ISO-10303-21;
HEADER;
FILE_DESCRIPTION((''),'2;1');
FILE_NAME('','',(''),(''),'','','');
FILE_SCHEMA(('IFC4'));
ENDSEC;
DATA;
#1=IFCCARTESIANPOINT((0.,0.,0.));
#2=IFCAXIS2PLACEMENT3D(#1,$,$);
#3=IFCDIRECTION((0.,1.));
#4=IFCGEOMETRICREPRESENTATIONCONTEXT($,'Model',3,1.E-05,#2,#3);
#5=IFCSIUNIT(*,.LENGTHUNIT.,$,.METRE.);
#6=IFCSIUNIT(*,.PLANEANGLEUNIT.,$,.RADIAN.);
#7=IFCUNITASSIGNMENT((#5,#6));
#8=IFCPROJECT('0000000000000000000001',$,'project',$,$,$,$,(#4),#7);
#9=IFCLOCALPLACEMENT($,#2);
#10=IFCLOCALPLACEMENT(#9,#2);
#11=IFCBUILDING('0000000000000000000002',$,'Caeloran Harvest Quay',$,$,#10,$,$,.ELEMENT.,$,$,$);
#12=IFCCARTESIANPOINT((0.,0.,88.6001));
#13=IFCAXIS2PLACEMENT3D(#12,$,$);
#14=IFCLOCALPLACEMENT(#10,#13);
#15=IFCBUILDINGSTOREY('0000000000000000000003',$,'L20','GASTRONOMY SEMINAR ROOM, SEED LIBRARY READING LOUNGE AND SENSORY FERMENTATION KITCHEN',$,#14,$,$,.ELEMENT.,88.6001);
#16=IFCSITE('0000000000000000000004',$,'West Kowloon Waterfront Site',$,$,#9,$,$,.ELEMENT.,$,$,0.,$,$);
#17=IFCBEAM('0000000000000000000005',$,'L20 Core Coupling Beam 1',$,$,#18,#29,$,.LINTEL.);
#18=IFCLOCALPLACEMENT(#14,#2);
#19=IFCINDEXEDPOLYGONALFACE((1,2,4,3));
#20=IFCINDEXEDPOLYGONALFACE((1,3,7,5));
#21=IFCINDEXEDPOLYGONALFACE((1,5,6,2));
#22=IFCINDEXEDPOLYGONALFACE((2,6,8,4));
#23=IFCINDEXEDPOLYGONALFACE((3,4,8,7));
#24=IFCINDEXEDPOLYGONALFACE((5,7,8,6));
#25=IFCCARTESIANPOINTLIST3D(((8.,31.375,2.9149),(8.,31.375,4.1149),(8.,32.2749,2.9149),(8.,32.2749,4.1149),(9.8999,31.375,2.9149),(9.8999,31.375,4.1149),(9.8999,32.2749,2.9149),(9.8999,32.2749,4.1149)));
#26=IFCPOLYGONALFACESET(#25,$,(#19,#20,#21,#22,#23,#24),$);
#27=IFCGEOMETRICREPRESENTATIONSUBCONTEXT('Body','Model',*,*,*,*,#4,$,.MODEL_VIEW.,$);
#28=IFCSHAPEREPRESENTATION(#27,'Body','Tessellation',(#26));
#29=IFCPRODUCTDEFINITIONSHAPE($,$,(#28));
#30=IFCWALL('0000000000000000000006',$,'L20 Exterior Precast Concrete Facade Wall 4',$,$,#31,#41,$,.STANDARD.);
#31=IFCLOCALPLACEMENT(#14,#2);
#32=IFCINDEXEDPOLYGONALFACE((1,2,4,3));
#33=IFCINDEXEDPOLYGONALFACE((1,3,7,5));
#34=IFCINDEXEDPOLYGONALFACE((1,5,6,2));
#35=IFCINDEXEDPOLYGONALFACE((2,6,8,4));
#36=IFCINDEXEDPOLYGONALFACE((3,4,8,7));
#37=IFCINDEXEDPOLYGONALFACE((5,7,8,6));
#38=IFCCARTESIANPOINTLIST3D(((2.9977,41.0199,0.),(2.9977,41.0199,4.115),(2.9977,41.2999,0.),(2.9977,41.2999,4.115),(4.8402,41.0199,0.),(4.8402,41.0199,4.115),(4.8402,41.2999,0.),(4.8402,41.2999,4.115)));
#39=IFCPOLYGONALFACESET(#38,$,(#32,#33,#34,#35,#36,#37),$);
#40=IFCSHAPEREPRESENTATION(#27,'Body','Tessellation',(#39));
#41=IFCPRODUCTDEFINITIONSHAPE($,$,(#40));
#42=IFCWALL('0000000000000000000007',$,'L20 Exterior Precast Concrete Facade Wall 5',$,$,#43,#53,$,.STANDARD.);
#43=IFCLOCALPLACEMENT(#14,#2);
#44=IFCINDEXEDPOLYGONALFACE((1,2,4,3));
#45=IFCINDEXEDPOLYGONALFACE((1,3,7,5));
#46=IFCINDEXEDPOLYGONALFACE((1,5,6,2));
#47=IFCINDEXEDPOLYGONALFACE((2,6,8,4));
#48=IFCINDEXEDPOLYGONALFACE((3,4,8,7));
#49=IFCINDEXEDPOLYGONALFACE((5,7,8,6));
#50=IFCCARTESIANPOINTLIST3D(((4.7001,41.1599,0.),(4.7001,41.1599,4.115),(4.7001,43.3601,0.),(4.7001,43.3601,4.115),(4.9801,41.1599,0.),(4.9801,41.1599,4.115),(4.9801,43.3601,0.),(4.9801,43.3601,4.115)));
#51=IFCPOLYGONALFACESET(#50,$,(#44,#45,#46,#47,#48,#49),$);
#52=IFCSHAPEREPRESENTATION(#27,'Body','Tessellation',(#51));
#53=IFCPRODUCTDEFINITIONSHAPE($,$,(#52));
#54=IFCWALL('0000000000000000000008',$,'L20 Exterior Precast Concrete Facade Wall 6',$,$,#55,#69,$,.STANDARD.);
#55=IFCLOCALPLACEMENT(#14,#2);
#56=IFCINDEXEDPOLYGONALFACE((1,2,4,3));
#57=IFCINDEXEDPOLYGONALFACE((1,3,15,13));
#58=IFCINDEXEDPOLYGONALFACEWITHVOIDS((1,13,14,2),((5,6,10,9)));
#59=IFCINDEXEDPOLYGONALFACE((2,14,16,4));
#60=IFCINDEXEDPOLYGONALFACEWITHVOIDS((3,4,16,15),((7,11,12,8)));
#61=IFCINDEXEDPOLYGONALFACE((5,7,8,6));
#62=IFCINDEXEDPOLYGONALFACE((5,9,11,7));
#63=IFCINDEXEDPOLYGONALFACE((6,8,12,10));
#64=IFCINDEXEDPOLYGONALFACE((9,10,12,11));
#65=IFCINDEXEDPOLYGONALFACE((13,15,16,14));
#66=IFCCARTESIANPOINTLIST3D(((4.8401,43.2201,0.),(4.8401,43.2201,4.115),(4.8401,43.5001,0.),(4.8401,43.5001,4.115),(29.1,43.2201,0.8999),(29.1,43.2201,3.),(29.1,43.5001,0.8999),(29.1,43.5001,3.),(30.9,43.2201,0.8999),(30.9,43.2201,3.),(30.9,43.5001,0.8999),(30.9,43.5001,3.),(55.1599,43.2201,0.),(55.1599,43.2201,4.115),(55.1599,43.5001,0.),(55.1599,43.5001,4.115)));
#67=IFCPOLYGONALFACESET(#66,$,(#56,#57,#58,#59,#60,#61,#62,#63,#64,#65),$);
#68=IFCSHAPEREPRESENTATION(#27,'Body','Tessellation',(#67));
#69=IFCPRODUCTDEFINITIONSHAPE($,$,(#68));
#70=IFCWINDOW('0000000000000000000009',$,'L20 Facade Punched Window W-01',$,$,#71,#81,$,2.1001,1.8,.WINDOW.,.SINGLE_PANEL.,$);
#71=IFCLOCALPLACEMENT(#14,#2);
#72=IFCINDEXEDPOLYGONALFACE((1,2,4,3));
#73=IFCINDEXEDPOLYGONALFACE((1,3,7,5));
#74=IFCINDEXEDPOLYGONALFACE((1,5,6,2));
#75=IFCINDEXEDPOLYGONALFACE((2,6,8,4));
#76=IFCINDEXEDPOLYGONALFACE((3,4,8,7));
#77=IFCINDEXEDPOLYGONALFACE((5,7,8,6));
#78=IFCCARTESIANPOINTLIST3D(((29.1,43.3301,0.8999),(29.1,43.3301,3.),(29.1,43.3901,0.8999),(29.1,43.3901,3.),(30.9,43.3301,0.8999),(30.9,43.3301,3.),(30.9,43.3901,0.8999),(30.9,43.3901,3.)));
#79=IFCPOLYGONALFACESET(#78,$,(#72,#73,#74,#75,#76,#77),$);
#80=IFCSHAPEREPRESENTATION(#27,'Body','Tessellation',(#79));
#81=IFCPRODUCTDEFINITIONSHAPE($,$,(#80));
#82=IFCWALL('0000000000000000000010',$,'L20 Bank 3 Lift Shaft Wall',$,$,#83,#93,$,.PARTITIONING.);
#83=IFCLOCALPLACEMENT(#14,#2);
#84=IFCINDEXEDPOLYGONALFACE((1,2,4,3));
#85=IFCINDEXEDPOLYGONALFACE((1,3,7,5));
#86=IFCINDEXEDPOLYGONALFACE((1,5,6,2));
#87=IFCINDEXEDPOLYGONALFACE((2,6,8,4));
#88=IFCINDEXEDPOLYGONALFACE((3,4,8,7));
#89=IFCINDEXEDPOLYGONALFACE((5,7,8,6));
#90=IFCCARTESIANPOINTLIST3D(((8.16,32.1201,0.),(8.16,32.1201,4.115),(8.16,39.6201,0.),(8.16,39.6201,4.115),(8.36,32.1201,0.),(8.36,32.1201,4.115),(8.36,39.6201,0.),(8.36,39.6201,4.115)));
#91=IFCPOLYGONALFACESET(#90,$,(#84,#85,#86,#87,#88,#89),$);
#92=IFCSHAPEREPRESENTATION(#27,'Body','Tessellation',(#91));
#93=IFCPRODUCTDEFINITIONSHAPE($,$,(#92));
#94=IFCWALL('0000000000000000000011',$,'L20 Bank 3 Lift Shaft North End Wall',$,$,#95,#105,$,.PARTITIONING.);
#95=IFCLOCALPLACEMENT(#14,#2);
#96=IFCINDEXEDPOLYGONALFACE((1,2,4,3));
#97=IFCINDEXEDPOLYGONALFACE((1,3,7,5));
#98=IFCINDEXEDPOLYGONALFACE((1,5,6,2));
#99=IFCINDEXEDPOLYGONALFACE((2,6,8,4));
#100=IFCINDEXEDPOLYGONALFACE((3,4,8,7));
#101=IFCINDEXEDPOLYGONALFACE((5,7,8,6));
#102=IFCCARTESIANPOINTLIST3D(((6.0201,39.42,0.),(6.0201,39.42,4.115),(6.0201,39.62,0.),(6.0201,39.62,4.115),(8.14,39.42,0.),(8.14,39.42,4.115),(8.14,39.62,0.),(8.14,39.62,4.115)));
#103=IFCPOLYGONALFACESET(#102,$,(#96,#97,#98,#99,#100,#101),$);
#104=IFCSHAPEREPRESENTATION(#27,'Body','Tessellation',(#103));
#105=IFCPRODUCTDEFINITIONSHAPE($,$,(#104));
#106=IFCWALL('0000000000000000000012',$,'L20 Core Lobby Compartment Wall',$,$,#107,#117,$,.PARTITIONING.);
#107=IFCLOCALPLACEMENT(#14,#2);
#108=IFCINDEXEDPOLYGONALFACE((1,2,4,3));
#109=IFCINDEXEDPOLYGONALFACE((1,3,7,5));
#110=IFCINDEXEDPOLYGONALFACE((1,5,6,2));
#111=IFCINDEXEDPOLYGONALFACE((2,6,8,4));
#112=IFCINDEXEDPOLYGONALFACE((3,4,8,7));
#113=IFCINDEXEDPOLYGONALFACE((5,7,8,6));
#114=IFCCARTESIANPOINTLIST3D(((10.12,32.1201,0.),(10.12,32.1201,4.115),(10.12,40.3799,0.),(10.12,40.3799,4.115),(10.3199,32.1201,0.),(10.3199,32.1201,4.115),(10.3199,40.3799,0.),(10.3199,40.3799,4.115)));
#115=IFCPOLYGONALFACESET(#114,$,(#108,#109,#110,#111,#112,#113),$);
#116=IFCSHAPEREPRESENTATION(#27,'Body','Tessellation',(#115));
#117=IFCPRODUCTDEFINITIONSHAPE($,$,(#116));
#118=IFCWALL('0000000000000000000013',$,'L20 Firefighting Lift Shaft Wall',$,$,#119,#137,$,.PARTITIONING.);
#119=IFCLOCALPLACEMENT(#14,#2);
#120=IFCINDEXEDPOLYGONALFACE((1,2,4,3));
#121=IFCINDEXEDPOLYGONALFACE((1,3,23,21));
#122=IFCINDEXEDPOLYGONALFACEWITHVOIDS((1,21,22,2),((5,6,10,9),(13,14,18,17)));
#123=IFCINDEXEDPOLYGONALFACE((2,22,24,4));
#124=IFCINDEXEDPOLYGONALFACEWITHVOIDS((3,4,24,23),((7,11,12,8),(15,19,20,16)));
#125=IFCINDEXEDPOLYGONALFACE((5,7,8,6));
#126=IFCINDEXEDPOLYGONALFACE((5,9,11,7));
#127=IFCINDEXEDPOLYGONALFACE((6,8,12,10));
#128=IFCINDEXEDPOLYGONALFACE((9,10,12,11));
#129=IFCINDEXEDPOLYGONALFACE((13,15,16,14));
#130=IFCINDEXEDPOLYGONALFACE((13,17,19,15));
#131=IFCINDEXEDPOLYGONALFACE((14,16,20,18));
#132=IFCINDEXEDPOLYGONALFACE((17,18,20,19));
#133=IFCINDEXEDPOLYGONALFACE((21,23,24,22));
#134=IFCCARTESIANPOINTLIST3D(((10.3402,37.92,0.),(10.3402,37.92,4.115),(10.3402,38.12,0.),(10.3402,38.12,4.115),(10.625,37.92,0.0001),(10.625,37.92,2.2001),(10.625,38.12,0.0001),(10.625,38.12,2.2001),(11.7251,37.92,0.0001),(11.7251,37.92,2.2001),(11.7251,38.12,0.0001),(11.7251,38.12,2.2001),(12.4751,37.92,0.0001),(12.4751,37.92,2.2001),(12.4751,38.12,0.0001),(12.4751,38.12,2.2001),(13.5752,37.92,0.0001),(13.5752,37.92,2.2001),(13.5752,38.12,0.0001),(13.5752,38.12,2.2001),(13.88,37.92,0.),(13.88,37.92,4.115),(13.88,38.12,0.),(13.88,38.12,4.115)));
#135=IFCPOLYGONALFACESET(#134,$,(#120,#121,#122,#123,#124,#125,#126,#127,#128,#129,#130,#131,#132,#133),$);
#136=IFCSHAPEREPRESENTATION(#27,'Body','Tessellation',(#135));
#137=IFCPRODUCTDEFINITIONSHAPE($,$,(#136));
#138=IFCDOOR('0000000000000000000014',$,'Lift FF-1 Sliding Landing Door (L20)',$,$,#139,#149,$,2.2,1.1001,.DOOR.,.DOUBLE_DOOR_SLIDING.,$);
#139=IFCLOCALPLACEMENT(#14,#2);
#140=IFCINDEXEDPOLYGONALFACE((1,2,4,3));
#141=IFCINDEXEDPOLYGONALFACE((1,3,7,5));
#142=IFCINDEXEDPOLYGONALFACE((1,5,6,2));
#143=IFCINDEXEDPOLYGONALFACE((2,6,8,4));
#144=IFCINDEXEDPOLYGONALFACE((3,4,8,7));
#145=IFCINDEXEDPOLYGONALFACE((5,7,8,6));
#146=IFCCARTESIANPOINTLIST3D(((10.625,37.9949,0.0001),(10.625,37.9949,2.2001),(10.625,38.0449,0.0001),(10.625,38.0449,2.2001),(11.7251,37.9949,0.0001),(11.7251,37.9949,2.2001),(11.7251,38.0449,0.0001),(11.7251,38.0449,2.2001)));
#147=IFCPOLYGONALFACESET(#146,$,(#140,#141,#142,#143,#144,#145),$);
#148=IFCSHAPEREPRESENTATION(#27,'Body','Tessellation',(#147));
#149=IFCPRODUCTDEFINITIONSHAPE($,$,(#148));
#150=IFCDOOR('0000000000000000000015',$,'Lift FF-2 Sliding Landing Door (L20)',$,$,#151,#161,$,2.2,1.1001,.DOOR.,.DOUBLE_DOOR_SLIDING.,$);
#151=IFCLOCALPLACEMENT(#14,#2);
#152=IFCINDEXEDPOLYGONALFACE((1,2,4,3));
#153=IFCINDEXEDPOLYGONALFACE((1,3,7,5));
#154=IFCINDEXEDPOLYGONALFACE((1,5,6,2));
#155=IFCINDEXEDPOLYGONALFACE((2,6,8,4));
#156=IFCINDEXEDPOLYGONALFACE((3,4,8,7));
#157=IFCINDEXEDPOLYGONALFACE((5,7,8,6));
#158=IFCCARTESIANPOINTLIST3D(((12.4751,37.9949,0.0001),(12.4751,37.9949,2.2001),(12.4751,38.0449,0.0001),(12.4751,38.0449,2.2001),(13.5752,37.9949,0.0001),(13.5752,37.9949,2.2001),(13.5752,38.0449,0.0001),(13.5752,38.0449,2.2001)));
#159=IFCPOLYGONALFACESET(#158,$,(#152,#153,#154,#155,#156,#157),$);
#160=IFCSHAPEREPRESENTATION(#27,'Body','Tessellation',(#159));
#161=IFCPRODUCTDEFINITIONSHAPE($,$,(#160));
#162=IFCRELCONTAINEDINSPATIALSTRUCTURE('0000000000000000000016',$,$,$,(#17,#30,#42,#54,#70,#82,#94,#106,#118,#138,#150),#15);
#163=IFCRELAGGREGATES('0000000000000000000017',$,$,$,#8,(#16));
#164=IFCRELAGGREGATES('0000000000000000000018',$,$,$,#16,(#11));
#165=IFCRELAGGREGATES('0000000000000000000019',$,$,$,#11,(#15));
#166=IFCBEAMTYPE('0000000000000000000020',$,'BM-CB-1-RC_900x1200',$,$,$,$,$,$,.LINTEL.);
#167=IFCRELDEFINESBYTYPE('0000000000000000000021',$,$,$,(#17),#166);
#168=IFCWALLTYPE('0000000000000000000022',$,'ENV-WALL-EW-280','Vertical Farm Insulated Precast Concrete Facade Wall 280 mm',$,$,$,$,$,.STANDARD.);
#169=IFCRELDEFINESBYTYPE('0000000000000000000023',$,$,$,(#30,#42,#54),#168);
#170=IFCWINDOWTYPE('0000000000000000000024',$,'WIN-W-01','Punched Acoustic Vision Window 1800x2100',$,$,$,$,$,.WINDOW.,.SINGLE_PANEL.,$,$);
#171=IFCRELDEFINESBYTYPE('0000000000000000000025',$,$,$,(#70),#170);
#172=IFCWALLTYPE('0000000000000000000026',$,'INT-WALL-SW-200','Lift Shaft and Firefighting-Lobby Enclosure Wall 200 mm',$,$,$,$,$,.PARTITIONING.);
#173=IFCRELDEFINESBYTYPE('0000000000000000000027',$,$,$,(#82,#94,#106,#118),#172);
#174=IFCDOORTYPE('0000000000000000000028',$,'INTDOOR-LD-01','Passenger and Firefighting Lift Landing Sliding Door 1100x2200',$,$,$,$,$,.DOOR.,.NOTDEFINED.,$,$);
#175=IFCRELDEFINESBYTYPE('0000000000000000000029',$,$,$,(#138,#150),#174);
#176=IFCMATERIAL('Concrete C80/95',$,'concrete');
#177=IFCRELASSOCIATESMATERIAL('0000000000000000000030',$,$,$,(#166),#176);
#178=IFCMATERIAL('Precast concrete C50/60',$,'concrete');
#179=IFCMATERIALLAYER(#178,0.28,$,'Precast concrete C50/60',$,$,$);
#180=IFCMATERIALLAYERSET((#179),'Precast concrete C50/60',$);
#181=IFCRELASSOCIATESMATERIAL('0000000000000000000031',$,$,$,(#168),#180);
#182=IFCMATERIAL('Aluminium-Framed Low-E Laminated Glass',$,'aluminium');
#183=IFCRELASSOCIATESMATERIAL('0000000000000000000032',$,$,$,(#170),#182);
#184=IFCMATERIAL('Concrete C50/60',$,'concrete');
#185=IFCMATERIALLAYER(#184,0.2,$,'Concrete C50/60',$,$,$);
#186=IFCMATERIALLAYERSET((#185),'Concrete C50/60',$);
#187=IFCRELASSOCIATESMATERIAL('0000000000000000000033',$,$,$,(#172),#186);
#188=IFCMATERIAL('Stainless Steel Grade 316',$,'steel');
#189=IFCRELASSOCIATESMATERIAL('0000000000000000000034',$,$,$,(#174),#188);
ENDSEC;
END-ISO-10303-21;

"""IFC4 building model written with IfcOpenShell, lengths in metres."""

from ifc_helpers import new_model, si_unit, direction, frame, frame_2d, origin, origin_2d, place, context, subcontext, project, spatial, rectangle, extrude, material, layer, layer_set, material_profile, profile_set, type_object, element, fill, save


model = new_model("IFC4")

# Units and contexts
model_context = context("Model", 3, precision=1e-05, world=origin(), true_north=direction((0.0, 1.0)))
body_context = subcontext(model_context, "Body", "Model", "MODEL_VIEW")
ifc_project = project(units=[si_unit("LENGTHUNIT", "METRE"), si_unit("PLANEANGLEUNIT", "RADIAN")], contexts=[model_context])

# Site, building, storey
site_placement = place(None, origin())
site = spatial("IfcSite", under=ifc_project, at=site_placement, Name="West Kowloon Waterfront Site", CompositionType="ELEMENT", RefElevation=0.0)
building_placement = place(site_placement, origin())
building = spatial("IfcBuilding", under=site, at=building_placement, Name="Caeloran Harvest Quay", CompositionType="ELEMENT")
storey_placement = place(building_placement, frame((0.0, 0.0, 88.6001)))
storey = spatial("IfcBuildingStorey", under=building, at=storey_placement, Name="L20", Description="GASTRONOMY SEMINAR ROOM, SEED LIBRARY READING LOUNGE AND SENSORY FERMENTATION KITCHEN", CompositionType="ELEMENT", Elevation=88.6001)

# Beam
ifc_material_1 = material(Name="Concrete C80/95", Category="concrete")
ifc_material_profile = material_profile(ifc_material_1, rectangle(XDim=0.8999, YDim=1.2, at=origin_2d()), Name="RC 900x1200")
ifc_profile_set = profile_set([ifc_material_profile], Name="Concrete C80/95")
beam_type = type_object("IfcBeamType", Name="BM-CB-1-RC_900x1200", PredefinedType="LINTEL", material=ifc_profile_set)
beam_placement = place(storey_placement, frame((8.0, 31.825, 3.5149), z_axis=(1.0, 0.0, 0.0), x_axis=(0.0, 1.0, 0.0)))
element("IfcBeam", 1, at=beam_placement, inside=storey, type_object=beam_type, Name="L20 Core Coupling Beam 1", PredefinedType="LINTEL", context=body_context, shape_type="SweptSolid", body=[
    extrude(rectangle(XDim=0.8999, YDim=1.2, at=origin_2d()), origin(), (0.0, 0.0, 1.0), 1.8999),
])

# Walls
ifc_material_2 = material(Name="Precast concrete C50/60", Category="concrete")
ifc_layer_1 = layer(ifc_material_2, 0.28, Name="Precast concrete C50/60")
ifc_layer_set_1 = layer_set([ifc_layer_1], Name="Precast concrete C50/60")
wall_type_1 = type_object("IfcWallType", Name="ENV-WALL-EW-280", Description="Vertical Farm Insulated Precast Concrete Facade Wall 280 mm", PredefinedType="STANDARD", material=ifc_layer_set_1)
wall_1_placement = place(storey_placement, frame((2.9976, 41.1599, 0.0), z_axis=(0.0, 0.0, 1.0), x_axis=(1.0, 0.0, 0.0)))
element("IfcWall", 2, at=wall_1_placement, inside=storey, type_object=wall_type_1, Name="L20 Exterior Precast Concrete Facade Wall 4", PredefinedType="STANDARD", context=body_context, shape_type="SweptSolid", body=[
    extrude(rectangle(XDim=1.8425, YDim=0.28, at=frame_2d((0.9214, 0.0))), origin(), (0.0, 0.0, 1.0), 4.115),
])
wall_2_placement = place(storey_placement, frame((4.8401, 41.1599, 0.0), z_axis=(0.0, 0.0, 1.0), x_axis=(0.0, 1.0, 0.0)))
element("IfcWall", 3, at=wall_2_placement, inside=storey, type_object=wall_type_1, Name="L20 Exterior Precast Concrete Facade Wall 5", PredefinedType="STANDARD", context=body_context, shape_type="SweptSolid", body=[
    extrude(rectangle(XDim=2.2002, YDim=0.28, at=frame_2d((1.1001, 0.0))), origin(), (0.0, 0.0, 1.0), 4.115),
])

# Wall, opening, window
wall_3_placement = place(storey_placement, frame((4.8401, 43.3601, 0.0), z_axis=(0.0, 0.0, 1.0), x_axis=(1.0, 0.0, 0.0)))
wall_3 = element("IfcWall", 4, at=wall_3_placement, inside=storey, type_object=wall_type_1, Name="L20 Exterior Precast Concrete Facade Wall 6", PredefinedType="STANDARD", context=body_context, shape_type="SweptSolid", body=[
    extrude(rectangle(XDim=50.3198, YDim=0.28, at=frame_2d((25.1599, 0.0))), origin(), (0.0, 0.0, 1.0), 4.115),
])
opening_1_placement = place(wall_3_placement, frame((24.26, 0.0, 0.8999)))
opening_1 = element("IfcOpeningElement", 5, at=opening_1_placement, cuts=wall_3, PredefinedType="OPENING", context=body_context, shape_type="SweptSolid", body=[
    extrude(rectangle(XDim=1.8, YDim=2.1001, at=frame_2d((0.8999, 1.05))), frame((0.0, 0.1499, 0.0), z_axis=(0.0, -1.0, 0.0), x_axis=(1.0, 0.0, 0.0)), (0.0, 0.0, 1.0), 0.3),
])
ifc_material_3 = material(Name="Aluminium-Framed Low-E Laminated Glass", Category="aluminium")
window_type = type_object("IfcWindowType", Name="WIN-W-01", Description="Punched Acoustic Vision Window 1800x2100", PartitioningType="SINGLE_PANEL", PredefinedType="WINDOW", material=ifc_material_3)
window_placement = place(opening_1_placement, origin())
window = element("IfcWindow", 6, at=window_placement, inside=storey, type_object=window_type, Name="L20 Facade Punched Window W-01", OverallHeight=2.1001, OverallWidth=1.8, PartitioningType="SINGLE_PANEL", PredefinedType="WINDOW", context=body_context, shape_type="SweptSolid", body=[
    extrude(rectangle(XDim=1.8, YDim=2.1001, at=frame_2d((0.8999, 1.05))), frame((0.0, 0.03, 0.0), z_axis=(0.0, -1.0, 0.0), x_axis=(1.0, 0.0, 0.0)), (0.0, 0.0, 1.0), 0.0601),
])
fill(opening_1, window)

# Walls
ifc_material_4 = material(Name="Concrete C50/60", Category="concrete")
ifc_layer_2 = layer(ifc_material_4, 0.2, Name="Concrete C50/60")
ifc_layer_set_2 = layer_set([ifc_layer_2], Name="Concrete C50/60")
wall_type_2 = type_object("IfcWallType", Name="INT-WALL-SW-200", Description="Lift Shaft and Firefighting-Lobby Enclosure Wall 200 mm", PredefinedType="PARTITIONING", material=ifc_layer_set_2)
wall_4_placement = place(storey_placement, frame((8.26, 32.1201, 0.0), z_axis=(0.0, 0.0, 1.0), x_axis=(0.0, 1.0, 0.0)))
element("IfcWall", 7, at=wall_4_placement, inside=storey, type_object=wall_type_2, Name="L20 Bank 3 Lift Shaft Wall", PredefinedType="PARTITIONING", context=body_context, shape_type="SweptSolid", body=[
    extrude(rectangle(XDim=7.5, YDim=0.2, at=frame_2d((3.75, 0.0))), origin(), (0.0, 0.0, 1.0), 4.115),
])
wall_5_placement = place(storey_placement, frame((6.02, 39.52, 0.0), z_axis=(0.0, 0.0, 1.0), x_axis=(1.0, 0.0, 0.0)))
element("IfcWall", 8, at=wall_5_placement, inside=storey, type_object=wall_type_2, Name="L20 Bank 3 Lift Shaft North End Wall", PredefinedType="PARTITIONING", context=body_context, shape_type="SweptSolid", body=[
    extrude(rectangle(XDim=2.1199, YDim=0.2, at=frame_2d((1.0601, 0.0))), origin(), (0.0, 0.0, 1.0), 4.115),
])
wall_6_placement = place(storey_placement, frame((10.22, 32.1201, 0.0), z_axis=(0.0, 0.0, 1.0), x_axis=(0.0, 1.0, 0.0)))
element("IfcWall", 9, at=wall_6_placement, inside=storey, type_object=wall_type_2, Name="L20 Core Lobby Compartment Wall", PredefinedType="PARTITIONING", context=body_context, shape_type="SweptSolid", body=[
    extrude(rectangle(XDim=8.2598, YDim=0.2, at=frame_2d((4.1299, 0.0))), origin(), (0.0, 0.0, 1.0), 4.115),
])

# Wall, openings, doors
wall_7_placement = place(storey_placement, frame((10.3401, 38.02, 0.0), z_axis=(0.0, 0.0, 1.0), x_axis=(1.0, 0.0, 0.0)))
wall_7 = element("IfcWall", 10, at=wall_7_placement, inside=storey, type_object=wall_type_2, Name="L20 Firefighting Lift Shaft Wall", PredefinedType="PARTITIONING", context=body_context, shape_type="SweptSolid", body=[
    extrude(rectangle(XDim=3.5398, YDim=0.2, at=frame_2d((1.77, 0.0))), origin(), (0.0, 0.0, 1.0), 4.115),
])
opening_2_placement = place(wall_7_placement, frame((0.2849, 0.0, 0.0)))
opening_2 = element("IfcOpeningElement", 11, at=opening_2_placement, cuts=wall_7, PredefinedType="OPENING", context=body_context, shape_type="SweptSolid", body=[
    extrude(rectangle(XDim=1.1001, YDim=2.2, at=frame_2d((0.55, 1.1001))), frame((0.0, 0.1099, 0.0), z_axis=(0.0, -1.0, 0.0), x_axis=(1.0, 0.0, 0.0)), (0.0, 0.0, 1.0), 0.22),
])
opening_3_placement = place(wall_7_placement, frame((2.135, 0.0, 0.0)))
opening_3 = element("IfcOpeningElement", 12, at=opening_3_placement, cuts=wall_7, PredefinedType="OPENING", context=body_context, shape_type="SweptSolid", body=[
    extrude(rectangle(XDim=1.1001, YDim=2.2, at=frame_2d((0.55, 1.1001))), frame((0.0, 0.1099, 0.0), z_axis=(0.0, -1.0, 0.0), x_axis=(1.0, 0.0, 0.0)), (0.0, 0.0, 1.0), 0.22),
])
ifc_material_5 = material(Name="Stainless Steel Grade 316", Category="steel")
door_type_1 = type_object("IfcDoorType", Name="INTDOOR-LD-01", Description="Passenger and Firefighting Lift Landing Sliding Door 1100x2200", OperationType="NOTDEFINED", PredefinedType="DOOR", material=ifc_material_5)
door_1_placement = place(opening_2_placement, origin())
door_1 = element("IfcDoor", 13, at=door_1_placement, inside=storey, type_object=door_type_1, Name="Lift FF-1 Sliding Landing Door (L20)", OperationType="DOUBLE_DOOR_SLIDING", OverallHeight=2.2, OverallWidth=1.1001, PredefinedType="DOOR", context=body_context, shape_type="SweptSolid", body=[
    extrude(rectangle(XDim=1.1001, YDim=2.2, at=frame_2d((0.55, 1.1001))), frame((0.0, 0.0249, 0.0), z_axis=(0.0, -1.0, 0.0), x_axis=(1.0, 0.0, 0.0)), (0.0, 0.0, 1.0), 0.05),
])
fill(opening_2, door_1)
door_2_placement = place(opening_3_placement, origin())
door_2 = element("IfcDoor", 14, at=door_2_placement, inside=storey, type_object=door_type_1, Name="Lift FF-2 Sliding Landing Door (L20)", OperationType="DOUBLE_DOOR_SLIDING", OverallHeight=2.2, OverallWidth=1.1001, PredefinedType="DOOR", context=body_context, shape_type="SweptSolid", body=[
    extrude(rectangle(XDim=1.1001, YDim=2.2, at=frame_2d((0.55, 1.1001))), frame((0.0, 0.0249, 0.0), z_axis=(0.0, -1.0, 0.0), x_axis=(1.0, 0.0, 0.0)), (0.0, 0.0, 1.0), 0.05),
])
fill(opening_3, door_2)

save(model, "model.ifc")
